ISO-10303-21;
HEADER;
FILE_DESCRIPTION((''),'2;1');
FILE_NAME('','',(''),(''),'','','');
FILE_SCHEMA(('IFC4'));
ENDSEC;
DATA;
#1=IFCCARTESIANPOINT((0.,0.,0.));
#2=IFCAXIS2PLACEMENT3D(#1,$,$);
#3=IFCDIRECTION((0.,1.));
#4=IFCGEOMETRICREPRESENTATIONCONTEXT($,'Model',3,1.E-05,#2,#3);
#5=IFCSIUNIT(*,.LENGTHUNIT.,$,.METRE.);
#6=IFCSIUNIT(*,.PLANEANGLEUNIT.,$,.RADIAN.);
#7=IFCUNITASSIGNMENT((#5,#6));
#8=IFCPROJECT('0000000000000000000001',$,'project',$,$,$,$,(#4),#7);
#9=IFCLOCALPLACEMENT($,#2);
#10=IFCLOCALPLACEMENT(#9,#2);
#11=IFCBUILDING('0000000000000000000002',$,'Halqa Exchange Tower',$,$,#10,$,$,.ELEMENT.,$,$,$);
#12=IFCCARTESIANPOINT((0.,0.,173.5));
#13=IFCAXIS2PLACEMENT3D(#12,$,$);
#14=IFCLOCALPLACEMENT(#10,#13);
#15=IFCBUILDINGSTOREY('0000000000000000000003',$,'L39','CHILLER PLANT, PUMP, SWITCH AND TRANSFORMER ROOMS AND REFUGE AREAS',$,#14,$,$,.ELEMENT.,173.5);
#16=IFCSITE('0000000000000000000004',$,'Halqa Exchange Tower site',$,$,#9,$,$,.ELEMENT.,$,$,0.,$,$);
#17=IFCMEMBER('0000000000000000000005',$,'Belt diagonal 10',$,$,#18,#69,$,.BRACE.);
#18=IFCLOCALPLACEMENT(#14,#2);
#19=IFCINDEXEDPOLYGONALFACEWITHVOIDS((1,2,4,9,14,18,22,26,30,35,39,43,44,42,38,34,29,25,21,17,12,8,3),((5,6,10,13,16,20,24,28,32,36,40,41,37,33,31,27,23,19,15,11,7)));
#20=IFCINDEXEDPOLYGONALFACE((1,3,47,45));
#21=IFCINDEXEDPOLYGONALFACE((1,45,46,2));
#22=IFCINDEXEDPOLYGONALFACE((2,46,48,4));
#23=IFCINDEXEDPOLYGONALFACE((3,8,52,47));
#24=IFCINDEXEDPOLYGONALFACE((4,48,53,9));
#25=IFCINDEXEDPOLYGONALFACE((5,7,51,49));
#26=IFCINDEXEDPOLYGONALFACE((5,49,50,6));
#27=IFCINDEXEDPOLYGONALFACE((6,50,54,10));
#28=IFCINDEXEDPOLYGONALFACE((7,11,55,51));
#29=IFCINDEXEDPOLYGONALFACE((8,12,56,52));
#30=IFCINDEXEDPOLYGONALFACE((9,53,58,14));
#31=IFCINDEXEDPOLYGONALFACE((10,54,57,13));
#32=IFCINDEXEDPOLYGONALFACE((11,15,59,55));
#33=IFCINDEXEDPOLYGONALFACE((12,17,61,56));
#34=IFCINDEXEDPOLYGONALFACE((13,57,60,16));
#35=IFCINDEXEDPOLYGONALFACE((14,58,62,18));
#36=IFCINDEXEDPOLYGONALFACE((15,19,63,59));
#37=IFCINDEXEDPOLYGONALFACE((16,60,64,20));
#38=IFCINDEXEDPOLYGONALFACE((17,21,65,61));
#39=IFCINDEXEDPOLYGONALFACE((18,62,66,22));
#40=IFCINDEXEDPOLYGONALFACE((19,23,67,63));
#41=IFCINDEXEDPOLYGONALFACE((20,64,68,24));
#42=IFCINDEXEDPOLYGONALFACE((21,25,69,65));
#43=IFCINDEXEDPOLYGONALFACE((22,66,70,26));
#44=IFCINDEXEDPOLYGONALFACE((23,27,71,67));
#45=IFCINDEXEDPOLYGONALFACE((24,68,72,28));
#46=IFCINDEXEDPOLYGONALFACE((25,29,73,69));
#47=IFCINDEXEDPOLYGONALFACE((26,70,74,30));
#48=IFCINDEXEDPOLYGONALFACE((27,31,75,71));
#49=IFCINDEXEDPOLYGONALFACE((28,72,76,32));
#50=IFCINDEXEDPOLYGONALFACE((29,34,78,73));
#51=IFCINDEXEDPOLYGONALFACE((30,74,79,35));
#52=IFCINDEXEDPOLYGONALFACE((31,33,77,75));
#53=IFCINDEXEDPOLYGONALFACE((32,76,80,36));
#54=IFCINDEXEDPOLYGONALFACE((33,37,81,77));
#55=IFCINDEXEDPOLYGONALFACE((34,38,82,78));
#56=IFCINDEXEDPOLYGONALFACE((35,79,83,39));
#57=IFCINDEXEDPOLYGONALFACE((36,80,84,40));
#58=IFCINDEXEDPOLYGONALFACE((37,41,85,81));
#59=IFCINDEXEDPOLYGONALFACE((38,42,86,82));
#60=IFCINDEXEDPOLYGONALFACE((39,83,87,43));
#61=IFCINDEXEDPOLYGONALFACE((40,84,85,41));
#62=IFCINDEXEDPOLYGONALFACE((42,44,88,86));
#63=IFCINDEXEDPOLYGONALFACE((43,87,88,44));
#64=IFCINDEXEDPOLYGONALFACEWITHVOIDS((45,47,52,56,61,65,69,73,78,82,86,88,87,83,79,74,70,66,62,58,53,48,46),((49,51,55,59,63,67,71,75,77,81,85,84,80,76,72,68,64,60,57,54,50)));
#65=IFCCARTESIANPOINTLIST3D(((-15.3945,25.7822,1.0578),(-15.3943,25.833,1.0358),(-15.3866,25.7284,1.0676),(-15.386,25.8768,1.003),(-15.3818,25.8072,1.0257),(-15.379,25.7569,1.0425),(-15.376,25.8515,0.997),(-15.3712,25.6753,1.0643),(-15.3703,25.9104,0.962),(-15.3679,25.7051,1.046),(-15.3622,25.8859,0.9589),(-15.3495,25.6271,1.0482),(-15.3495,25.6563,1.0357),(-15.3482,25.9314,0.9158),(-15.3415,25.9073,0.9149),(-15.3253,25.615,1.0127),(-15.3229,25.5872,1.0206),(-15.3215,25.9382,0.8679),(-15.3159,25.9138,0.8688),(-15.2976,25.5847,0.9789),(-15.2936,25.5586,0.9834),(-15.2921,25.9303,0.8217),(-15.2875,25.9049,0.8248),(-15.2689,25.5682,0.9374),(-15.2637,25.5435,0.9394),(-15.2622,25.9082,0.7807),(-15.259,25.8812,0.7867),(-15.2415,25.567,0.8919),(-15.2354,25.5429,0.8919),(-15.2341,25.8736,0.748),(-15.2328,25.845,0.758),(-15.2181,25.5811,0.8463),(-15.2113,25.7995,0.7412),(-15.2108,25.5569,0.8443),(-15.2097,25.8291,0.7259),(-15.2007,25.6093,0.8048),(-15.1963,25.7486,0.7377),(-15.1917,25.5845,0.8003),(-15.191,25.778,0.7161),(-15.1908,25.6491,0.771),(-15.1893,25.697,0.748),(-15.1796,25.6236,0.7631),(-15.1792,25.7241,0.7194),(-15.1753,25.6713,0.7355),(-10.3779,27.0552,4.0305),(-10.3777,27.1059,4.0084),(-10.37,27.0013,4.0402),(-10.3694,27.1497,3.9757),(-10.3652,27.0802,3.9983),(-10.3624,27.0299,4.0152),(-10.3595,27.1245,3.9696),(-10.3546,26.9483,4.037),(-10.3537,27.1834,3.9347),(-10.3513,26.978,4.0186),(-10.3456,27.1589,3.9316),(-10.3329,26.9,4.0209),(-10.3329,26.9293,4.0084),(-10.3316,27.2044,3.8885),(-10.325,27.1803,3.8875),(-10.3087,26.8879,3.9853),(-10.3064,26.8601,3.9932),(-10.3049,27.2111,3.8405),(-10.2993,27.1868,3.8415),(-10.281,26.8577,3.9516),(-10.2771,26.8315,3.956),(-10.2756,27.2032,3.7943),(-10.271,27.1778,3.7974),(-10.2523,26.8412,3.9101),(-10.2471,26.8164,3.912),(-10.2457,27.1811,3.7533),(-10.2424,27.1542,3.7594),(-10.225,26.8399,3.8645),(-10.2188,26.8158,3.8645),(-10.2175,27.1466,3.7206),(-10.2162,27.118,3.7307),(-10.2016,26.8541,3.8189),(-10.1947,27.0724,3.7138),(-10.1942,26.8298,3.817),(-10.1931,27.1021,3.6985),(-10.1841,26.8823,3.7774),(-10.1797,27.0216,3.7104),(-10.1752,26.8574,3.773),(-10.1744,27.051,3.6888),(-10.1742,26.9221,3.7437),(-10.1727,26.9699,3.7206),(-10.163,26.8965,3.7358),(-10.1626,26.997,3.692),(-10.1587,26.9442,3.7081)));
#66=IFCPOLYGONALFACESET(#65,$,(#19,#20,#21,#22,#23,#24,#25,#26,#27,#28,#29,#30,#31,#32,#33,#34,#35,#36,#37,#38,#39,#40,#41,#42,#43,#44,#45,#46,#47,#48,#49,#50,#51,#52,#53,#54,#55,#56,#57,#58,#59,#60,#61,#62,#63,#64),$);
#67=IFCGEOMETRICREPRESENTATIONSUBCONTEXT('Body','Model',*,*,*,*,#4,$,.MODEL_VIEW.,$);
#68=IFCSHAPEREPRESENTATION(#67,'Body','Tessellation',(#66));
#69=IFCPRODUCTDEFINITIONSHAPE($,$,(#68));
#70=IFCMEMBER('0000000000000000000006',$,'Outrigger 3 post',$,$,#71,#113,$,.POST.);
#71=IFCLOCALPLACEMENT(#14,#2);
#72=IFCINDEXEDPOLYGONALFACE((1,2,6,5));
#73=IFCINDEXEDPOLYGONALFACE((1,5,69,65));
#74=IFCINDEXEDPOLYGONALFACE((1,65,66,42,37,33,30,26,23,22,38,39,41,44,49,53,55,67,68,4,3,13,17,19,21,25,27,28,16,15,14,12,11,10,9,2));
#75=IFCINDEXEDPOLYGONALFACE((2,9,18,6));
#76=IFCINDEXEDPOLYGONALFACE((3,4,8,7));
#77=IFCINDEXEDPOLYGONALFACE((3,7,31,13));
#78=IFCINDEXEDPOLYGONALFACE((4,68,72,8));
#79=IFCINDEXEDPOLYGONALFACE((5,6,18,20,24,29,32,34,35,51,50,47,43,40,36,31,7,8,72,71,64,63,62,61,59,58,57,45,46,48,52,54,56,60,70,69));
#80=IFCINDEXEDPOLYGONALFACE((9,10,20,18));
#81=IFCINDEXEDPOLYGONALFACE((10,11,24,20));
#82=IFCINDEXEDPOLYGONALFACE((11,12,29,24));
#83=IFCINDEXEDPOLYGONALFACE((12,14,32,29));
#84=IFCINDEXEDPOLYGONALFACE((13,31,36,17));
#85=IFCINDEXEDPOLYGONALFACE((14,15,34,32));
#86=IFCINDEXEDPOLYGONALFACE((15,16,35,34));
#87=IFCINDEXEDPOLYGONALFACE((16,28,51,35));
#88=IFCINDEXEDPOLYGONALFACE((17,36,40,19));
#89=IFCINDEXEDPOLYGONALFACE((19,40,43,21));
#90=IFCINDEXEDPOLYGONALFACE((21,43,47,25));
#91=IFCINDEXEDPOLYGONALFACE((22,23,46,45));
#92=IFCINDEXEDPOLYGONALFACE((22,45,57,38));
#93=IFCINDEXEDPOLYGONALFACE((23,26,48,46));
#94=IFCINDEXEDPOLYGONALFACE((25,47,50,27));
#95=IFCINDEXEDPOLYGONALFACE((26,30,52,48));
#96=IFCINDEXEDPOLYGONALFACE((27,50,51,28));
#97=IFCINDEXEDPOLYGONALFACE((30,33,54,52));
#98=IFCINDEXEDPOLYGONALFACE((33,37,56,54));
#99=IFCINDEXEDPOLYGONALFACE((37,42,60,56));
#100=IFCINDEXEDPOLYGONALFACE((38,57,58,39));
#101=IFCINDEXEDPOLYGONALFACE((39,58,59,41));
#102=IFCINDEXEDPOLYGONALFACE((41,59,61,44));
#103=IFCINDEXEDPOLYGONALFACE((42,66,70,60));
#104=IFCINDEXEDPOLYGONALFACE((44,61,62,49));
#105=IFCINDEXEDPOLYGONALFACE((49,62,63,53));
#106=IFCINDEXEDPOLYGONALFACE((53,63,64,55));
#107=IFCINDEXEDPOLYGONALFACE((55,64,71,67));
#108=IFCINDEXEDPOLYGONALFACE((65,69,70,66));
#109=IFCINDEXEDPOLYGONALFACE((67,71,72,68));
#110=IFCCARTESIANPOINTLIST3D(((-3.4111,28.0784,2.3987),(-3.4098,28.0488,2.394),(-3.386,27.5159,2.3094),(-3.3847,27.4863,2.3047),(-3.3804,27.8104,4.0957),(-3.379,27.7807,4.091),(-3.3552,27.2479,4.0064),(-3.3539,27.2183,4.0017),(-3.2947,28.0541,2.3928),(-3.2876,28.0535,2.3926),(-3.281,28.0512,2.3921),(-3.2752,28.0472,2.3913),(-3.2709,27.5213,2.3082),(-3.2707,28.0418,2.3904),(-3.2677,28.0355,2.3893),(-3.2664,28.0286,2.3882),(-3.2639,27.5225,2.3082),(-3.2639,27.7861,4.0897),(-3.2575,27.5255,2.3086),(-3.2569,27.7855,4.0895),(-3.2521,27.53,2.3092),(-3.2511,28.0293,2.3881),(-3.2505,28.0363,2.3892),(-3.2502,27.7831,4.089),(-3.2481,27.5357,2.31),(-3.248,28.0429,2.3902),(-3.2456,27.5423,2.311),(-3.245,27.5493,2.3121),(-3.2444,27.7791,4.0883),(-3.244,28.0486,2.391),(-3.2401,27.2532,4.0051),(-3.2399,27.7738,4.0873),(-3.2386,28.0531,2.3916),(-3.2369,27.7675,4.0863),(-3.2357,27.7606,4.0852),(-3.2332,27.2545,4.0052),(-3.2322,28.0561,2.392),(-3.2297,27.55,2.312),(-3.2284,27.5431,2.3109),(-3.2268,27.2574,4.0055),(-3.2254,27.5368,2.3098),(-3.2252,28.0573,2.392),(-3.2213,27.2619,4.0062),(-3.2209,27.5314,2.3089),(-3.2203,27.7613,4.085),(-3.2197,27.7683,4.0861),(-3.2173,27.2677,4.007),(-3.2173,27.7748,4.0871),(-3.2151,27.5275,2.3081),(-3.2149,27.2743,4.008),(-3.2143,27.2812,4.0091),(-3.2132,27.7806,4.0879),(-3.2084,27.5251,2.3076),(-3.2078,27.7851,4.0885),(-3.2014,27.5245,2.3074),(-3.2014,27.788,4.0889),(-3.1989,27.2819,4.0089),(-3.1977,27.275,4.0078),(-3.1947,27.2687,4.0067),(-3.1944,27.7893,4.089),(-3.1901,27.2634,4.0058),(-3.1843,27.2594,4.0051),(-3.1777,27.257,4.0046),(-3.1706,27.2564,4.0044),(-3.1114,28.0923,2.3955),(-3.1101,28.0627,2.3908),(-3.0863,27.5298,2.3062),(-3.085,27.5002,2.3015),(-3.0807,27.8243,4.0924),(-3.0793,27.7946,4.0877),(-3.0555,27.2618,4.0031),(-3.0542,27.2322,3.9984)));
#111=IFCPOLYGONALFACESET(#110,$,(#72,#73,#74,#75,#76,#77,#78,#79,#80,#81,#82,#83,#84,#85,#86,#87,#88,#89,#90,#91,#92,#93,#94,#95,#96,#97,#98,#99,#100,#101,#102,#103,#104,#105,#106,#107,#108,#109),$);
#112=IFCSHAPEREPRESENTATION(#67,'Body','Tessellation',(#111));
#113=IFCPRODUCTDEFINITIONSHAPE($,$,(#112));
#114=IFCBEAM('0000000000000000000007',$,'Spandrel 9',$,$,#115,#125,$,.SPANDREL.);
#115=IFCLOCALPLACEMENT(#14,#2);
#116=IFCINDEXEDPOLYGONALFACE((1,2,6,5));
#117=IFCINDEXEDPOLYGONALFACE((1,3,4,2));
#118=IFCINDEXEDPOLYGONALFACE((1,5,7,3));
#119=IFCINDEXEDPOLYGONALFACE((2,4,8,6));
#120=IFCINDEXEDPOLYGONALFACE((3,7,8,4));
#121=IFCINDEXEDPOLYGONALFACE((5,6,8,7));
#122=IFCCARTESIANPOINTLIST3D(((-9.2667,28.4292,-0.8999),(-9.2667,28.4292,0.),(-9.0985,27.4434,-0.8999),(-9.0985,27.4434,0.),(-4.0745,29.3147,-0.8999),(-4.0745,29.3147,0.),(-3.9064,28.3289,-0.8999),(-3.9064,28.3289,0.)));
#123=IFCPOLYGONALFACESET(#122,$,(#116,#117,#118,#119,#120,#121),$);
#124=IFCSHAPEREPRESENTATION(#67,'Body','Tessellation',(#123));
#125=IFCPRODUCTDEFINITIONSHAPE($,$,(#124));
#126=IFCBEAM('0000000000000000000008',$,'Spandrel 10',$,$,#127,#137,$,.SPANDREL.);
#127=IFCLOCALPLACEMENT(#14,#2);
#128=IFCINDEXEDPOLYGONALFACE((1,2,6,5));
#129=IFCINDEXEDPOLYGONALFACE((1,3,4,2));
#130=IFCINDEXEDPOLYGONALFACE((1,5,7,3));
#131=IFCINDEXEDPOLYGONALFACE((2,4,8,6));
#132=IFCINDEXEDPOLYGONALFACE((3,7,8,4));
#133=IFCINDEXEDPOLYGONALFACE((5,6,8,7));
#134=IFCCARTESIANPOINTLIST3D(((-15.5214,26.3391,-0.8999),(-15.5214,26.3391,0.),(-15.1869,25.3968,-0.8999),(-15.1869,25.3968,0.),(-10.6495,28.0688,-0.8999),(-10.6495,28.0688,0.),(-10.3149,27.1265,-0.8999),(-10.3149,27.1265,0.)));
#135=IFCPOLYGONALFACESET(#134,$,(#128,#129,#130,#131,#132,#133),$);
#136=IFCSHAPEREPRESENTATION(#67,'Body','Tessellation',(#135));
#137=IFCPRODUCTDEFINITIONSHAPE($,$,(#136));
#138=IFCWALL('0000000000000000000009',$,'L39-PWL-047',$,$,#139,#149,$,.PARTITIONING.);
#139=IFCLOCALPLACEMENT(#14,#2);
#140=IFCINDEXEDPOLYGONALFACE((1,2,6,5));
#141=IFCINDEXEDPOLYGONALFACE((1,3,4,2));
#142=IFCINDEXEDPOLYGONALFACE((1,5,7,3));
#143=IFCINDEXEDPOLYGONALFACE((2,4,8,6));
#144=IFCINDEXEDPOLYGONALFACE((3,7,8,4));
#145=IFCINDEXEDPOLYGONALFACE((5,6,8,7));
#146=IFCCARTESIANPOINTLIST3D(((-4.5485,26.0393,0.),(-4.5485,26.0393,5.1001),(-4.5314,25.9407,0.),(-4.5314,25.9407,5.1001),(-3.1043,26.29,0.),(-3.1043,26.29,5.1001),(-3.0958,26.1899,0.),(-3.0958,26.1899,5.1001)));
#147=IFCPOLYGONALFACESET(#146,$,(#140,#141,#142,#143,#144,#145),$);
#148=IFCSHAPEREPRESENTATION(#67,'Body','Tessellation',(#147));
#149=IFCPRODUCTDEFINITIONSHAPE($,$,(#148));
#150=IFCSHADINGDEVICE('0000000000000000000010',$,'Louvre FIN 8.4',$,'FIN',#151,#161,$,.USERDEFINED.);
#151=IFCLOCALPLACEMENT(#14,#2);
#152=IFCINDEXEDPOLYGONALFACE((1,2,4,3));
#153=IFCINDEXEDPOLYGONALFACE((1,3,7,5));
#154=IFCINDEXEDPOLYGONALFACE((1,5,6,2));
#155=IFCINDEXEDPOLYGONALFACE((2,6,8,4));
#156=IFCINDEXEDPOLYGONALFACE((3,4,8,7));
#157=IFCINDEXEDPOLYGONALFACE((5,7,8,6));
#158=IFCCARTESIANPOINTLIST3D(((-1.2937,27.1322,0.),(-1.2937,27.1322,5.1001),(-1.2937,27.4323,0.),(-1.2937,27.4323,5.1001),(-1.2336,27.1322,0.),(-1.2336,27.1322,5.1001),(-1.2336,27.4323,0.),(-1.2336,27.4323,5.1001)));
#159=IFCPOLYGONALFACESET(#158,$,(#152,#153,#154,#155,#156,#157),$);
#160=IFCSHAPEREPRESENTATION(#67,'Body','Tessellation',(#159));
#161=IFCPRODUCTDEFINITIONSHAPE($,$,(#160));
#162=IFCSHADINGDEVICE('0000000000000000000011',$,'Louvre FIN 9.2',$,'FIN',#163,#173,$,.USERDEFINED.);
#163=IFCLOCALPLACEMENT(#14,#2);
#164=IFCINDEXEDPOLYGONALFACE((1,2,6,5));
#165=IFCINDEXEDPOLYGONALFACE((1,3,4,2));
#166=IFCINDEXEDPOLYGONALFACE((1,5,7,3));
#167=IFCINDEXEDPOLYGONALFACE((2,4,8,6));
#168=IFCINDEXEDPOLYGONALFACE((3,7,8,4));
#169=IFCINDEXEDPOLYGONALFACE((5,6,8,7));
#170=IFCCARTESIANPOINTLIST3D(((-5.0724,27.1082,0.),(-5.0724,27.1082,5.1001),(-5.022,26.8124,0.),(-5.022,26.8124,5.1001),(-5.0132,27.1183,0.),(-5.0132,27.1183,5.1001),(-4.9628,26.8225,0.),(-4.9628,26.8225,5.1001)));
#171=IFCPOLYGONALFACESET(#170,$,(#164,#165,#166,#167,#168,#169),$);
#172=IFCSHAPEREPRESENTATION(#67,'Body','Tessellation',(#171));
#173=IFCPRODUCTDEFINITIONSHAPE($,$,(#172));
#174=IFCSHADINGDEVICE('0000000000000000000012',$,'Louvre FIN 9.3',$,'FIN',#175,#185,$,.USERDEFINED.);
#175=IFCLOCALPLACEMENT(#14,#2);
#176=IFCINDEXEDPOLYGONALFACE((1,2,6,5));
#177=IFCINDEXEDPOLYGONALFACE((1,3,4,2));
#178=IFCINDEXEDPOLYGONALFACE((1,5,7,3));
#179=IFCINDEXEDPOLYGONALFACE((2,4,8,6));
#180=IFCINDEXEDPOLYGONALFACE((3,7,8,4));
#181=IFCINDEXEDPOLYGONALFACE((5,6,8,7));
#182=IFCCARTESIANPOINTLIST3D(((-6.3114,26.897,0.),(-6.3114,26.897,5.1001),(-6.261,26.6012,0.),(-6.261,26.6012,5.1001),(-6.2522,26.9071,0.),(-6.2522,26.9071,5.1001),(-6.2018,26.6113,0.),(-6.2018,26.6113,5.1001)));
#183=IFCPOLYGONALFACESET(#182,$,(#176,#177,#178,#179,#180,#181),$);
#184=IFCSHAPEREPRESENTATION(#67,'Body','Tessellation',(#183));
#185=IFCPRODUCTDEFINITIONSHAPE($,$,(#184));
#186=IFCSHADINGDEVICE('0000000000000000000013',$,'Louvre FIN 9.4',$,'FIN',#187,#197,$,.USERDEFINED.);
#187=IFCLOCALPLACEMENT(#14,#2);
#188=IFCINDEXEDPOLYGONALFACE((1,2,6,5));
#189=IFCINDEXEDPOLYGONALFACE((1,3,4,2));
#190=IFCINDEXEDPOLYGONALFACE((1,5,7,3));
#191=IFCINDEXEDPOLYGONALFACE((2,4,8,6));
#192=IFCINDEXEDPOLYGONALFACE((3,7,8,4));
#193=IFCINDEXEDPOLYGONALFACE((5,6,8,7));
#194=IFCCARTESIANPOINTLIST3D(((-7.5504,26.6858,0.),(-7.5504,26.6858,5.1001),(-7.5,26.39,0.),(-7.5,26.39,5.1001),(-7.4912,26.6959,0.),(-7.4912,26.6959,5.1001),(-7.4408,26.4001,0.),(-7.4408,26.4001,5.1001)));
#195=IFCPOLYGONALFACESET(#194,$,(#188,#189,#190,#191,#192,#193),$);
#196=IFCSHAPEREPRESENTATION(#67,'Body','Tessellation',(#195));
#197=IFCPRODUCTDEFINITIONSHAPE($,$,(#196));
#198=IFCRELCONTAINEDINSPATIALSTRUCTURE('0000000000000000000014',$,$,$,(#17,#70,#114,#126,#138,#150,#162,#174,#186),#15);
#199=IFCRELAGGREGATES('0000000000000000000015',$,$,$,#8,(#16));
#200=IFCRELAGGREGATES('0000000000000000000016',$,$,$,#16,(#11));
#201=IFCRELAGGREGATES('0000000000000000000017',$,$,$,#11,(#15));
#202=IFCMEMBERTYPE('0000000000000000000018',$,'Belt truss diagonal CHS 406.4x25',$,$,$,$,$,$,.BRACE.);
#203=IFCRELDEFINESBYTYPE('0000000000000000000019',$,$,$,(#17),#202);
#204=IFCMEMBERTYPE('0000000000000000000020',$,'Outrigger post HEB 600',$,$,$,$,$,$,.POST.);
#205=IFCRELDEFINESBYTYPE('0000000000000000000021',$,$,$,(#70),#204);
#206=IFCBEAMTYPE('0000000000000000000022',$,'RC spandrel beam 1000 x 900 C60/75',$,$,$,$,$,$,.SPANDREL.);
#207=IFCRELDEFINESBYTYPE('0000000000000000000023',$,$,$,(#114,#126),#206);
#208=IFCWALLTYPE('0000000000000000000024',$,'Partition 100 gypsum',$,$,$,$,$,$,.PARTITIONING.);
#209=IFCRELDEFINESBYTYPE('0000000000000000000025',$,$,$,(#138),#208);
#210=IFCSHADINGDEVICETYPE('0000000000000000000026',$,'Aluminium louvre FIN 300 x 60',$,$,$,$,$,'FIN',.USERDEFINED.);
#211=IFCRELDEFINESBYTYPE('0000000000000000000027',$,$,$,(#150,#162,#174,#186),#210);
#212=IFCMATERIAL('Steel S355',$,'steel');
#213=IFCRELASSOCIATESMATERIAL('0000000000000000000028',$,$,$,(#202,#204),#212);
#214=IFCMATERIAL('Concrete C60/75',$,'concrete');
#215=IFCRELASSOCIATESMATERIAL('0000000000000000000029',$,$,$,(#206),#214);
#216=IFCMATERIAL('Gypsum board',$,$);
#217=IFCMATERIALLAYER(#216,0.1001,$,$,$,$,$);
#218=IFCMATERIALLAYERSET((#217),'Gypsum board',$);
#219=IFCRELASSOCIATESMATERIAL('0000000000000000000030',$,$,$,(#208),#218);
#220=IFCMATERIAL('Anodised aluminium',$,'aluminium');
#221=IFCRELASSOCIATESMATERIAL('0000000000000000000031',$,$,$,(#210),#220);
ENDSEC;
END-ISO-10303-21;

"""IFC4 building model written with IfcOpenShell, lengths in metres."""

from ifc_helpers import new_model, si_unit, direction, frame, origin, origin_2d, place, context, subcontext, project, spatial, polyline, rectangle, hollow_circle, i_section, outline, extrude, material, layer, layer_set, material_profile, profile_set, type_object, element, save


model = new_model("IFC4")

# Units and contexts
model_context = context("Model", 3, precision=1e-05, world=origin(), true_north=direction((0.0, 1.0)))
body_context = subcontext(model_context, "Body", "Model", "MODEL_VIEW")
ifc_project = project(units=[si_unit("LENGTHUNIT", "METRE"), si_unit("PLANEANGLEUNIT", "RADIAN")], contexts=[model_context])

# Site, building, storey
site_placement = place(None, origin())
site = spatial("IfcSite", under=ifc_project, at=site_placement, Name="Halqa Exchange Tower site", CompositionType="ELEMENT", RefElevation=0.0)
building_placement = place(site_placement, origin())
building = spatial("IfcBuilding", under=site, at=building_placement, Name="Halqa Exchange Tower", CompositionType="ELEMENT")
storey_placement = place(building_placement, frame((0.0, 0.0, 173.5)))
storey = spatial("IfcBuildingStorey", under=building, at=storey_placement, Name="L39", Description="CHILLER PLANT, PUMP, SWITCH AND TRANSFORMER ROOMS AND REFUGE AREAS", CompositionType="ELEMENT", Elevation=173.5)

# Members
ifc_material_1 = material(Name="Steel S355", Category="steel")
ifc_material_profile_1 = material_profile(ifc_material_1, hollow_circle(Radius=0.2031, WallThickness=0.0249, at=origin_2d()), Name="CHS 406.4x25")
ifc_profile_set_1 = profile_set([ifc_material_profile_1], Name="Steel S355")
member_type_1 = type_object("IfcMemberType", Name="Belt truss diagonal CHS 406.4x25", PredefinedType="BRACE", material=ifc_profile_set_1)
member_1_placement = place(storey_placement, frame((-10.2688, 27.0127, 3.8645), z_axis=(-0.840508, -0.213277, -0.498055), x_axis=(0.245953, -0.969282, 0.0)))
element("IfcMember", 1, at=member_1_placement, inside=storey, type_object=member_type_1, Name="Belt diagonal 10", PredefinedType="BRACE", context=body_context, shape_type="SweptSolid", body=[
    extrude(hollow_circle(Radius=0.2031, WallThickness=0.0249, at=origin_2d()), origin(), (0.0, 0.0, 1.0), 5.9685),
])
ifc_material_profile_2 = material_profile(ifc_material_1, i_section(OverallWidth=0.3, OverallDepth=0.6001, WebThickness=0.0154, FlangeThickness=0.03, FilletRadius=0.0271, at=origin_2d()), Name="HEB 600")
ifc_profile_set_2 = profile_set([ifc_material_profile_2], Name="Steel S355")
member_type_2 = type_object("IfcMemberType", Name="Outrigger post HEB 600", PredefinedType="POST", material=ifc_profile_set_2)
member_2_placement = place(storey_placement, frame((-3.248, 27.7893, 2.3501), z_axis=(0.017902, -0.156003, 0.987594), x_axis=(-0.998868, -0.04632, 0.01079)))
element("IfcMember", 2, at=member_2_placement, inside=storey, type_object=member_type_2, Name="Outrigger 3 post", PredefinedType="POST", context=body_context, shape_type="SweptSolid", body=[
    extrude(i_section(OverallWidth=0.3, OverallDepth=0.6001, WebThickness=0.0154, FlangeThickness=0.03, FilletRadius=0.0271, at=origin_2d()), origin(), (0.0, 0.0, 1.0), 1.7183),
])

# Beams
ifc_material_2 = material(Name="Concrete C60/75", Category="concrete")
ifc_material_profile_3 = material_profile(ifc_material_2, rectangle(XDim=1.0, YDim=0.8999, at=origin_2d()), Name="1000 x 900")
ifc_profile_set_3 = profile_set([ifc_material_profile_3], Name="Concrete C60/75")
beam_type = type_object("IfcBeamType", Name="RC spandrel beam 1000 x 900 C60/75", PredefinedType="SPANDREL", material=ifc_profile_set_3)
beam_1_placement = place(storey_placement, frame((-3.9905, 28.8218, -0.45), z_axis=(-0.985767, -0.168119, 0.0), x_axis=(0.168119, -0.985767, 0.0)))
element("IfcBeam", 3, at=beam_1_placement, inside=storey, type_object=beam_type, Name="Spandrel 9", PredefinedType="SPANDREL", context=body_context, shape_type="SweptSolid", body=[
    extrude(rectangle(XDim=1.0, YDim=0.8999, at=origin_2d()), origin(), (0.0, 0.0, 1.0), 5.2671),
])
beam_2_placement = place(storey_placement, frame((-10.4822, 27.5977, -0.45), z_axis=(-0.942371, -0.334571, 0.0), x_axis=(0.334571, -0.942371, 0.0)))
element("IfcBeam", 4, at=beam_2_placement, inside=storey, type_object=beam_type, Name="Spandrel 10", PredefinedType="SPANDREL", context=body_context, shape_type="SweptSolid", body=[
    extrude(rectangle(XDim=1.0, YDim=0.8999, at=origin_2d()), origin(), (0.0, 0.0, 1.0), 5.1699),
])

# Wall
ifc_material_3 = material(Name="Gypsum board")
ifc_layer_1 = layer(ifc_material_3, 0.1001)
ifc_layer_set_1 = layer_set([ifc_layer_1], Name="Gypsum board")
wall_type = type_object("IfcWallType", Name="Partition 100 gypsum", PredefinedType="PARTITIONING", material=ifc_layer_set_1)
wall_placement = place(storey_placement, frame((-3.0957, 26.2407, 0.0), z_axis=(0.0, 0.0, 1.0), x_axis=(-0.985264, -0.171039, 0.0)))
element("IfcWall", 5, at=wall_placement, inside=storey, type_object=wall_type, Name="L39-PWL-047", PredefinedType="PARTITIONING", context=body_context, shape_type="SweptSolid", body=[
    extrude(outline(polyline([(1.4658, 0.05), (0.0088, 0.05), (0.0, -0.05), (1.4658, -0.05), (1.4658, 0.05)])), origin(), (0.0, 0.0, 1.0), 5.1001),
])

# Shading devices
ifc_material_4 = material(Name="Anodised aluminium", Category="aluminium")
ifc_material_profile_4 = material_profile(ifc_material_4, rectangle(XDim=0.3, YDim=0.0601, at=origin_2d()), Name="AL FIN 300x60")
ifc_profile_set_4 = profile_set([ifc_material_profile_4], Name="Anodised aluminium")
shading_device_type = type_object("IfcShadingDeviceType", Name="Aluminium louvre FIN 300 x 60", ElementType="FIN", PredefinedType="USERDEFINED", material=ifc_profile_set_4)
for number, where, z_axis, x_axis, name in (
    (6, (-1.2637, 27.2822, 0.0), (0.0, 0.0, 1.0), (0.0, -1.0, 0.0), "Louvre FIN 8.4"),
    (7, (-5.0176, 26.9653, 0.0), (0.0, 0.0, 1.0), (0.168073, -0.985775, 0.0), "Louvre FIN 9.2"),
    (8, (-6.2566, 26.7542, 0.0), (0.0, 0.0, 1.0), (0.168073, -0.985775, 0.0), "Louvre FIN 9.3"),
    (9, (-7.4956, 26.543, 0.0), (0.0, 0.0, 1.0), (0.168073, -0.985775, 0.0), "Louvre FIN 9.4"),
):
    element("IfcShadingDevice", number, at=place(storey_placement, frame(where, z_axis=z_axis, x_axis=x_axis)), inside=storey, type_object=shading_device_type, Name=name, ObjectType="FIN", PredefinedType="USERDEFINED", context=body_context, shape_type="SweptSolid", body=[
        extrude(rectangle(XDim=0.3, YDim=0.0601, at=origin_2d()), origin(), (0.0, 0.0, 1.0), 5.1001),
    ])

save(model, "model.ifc")
